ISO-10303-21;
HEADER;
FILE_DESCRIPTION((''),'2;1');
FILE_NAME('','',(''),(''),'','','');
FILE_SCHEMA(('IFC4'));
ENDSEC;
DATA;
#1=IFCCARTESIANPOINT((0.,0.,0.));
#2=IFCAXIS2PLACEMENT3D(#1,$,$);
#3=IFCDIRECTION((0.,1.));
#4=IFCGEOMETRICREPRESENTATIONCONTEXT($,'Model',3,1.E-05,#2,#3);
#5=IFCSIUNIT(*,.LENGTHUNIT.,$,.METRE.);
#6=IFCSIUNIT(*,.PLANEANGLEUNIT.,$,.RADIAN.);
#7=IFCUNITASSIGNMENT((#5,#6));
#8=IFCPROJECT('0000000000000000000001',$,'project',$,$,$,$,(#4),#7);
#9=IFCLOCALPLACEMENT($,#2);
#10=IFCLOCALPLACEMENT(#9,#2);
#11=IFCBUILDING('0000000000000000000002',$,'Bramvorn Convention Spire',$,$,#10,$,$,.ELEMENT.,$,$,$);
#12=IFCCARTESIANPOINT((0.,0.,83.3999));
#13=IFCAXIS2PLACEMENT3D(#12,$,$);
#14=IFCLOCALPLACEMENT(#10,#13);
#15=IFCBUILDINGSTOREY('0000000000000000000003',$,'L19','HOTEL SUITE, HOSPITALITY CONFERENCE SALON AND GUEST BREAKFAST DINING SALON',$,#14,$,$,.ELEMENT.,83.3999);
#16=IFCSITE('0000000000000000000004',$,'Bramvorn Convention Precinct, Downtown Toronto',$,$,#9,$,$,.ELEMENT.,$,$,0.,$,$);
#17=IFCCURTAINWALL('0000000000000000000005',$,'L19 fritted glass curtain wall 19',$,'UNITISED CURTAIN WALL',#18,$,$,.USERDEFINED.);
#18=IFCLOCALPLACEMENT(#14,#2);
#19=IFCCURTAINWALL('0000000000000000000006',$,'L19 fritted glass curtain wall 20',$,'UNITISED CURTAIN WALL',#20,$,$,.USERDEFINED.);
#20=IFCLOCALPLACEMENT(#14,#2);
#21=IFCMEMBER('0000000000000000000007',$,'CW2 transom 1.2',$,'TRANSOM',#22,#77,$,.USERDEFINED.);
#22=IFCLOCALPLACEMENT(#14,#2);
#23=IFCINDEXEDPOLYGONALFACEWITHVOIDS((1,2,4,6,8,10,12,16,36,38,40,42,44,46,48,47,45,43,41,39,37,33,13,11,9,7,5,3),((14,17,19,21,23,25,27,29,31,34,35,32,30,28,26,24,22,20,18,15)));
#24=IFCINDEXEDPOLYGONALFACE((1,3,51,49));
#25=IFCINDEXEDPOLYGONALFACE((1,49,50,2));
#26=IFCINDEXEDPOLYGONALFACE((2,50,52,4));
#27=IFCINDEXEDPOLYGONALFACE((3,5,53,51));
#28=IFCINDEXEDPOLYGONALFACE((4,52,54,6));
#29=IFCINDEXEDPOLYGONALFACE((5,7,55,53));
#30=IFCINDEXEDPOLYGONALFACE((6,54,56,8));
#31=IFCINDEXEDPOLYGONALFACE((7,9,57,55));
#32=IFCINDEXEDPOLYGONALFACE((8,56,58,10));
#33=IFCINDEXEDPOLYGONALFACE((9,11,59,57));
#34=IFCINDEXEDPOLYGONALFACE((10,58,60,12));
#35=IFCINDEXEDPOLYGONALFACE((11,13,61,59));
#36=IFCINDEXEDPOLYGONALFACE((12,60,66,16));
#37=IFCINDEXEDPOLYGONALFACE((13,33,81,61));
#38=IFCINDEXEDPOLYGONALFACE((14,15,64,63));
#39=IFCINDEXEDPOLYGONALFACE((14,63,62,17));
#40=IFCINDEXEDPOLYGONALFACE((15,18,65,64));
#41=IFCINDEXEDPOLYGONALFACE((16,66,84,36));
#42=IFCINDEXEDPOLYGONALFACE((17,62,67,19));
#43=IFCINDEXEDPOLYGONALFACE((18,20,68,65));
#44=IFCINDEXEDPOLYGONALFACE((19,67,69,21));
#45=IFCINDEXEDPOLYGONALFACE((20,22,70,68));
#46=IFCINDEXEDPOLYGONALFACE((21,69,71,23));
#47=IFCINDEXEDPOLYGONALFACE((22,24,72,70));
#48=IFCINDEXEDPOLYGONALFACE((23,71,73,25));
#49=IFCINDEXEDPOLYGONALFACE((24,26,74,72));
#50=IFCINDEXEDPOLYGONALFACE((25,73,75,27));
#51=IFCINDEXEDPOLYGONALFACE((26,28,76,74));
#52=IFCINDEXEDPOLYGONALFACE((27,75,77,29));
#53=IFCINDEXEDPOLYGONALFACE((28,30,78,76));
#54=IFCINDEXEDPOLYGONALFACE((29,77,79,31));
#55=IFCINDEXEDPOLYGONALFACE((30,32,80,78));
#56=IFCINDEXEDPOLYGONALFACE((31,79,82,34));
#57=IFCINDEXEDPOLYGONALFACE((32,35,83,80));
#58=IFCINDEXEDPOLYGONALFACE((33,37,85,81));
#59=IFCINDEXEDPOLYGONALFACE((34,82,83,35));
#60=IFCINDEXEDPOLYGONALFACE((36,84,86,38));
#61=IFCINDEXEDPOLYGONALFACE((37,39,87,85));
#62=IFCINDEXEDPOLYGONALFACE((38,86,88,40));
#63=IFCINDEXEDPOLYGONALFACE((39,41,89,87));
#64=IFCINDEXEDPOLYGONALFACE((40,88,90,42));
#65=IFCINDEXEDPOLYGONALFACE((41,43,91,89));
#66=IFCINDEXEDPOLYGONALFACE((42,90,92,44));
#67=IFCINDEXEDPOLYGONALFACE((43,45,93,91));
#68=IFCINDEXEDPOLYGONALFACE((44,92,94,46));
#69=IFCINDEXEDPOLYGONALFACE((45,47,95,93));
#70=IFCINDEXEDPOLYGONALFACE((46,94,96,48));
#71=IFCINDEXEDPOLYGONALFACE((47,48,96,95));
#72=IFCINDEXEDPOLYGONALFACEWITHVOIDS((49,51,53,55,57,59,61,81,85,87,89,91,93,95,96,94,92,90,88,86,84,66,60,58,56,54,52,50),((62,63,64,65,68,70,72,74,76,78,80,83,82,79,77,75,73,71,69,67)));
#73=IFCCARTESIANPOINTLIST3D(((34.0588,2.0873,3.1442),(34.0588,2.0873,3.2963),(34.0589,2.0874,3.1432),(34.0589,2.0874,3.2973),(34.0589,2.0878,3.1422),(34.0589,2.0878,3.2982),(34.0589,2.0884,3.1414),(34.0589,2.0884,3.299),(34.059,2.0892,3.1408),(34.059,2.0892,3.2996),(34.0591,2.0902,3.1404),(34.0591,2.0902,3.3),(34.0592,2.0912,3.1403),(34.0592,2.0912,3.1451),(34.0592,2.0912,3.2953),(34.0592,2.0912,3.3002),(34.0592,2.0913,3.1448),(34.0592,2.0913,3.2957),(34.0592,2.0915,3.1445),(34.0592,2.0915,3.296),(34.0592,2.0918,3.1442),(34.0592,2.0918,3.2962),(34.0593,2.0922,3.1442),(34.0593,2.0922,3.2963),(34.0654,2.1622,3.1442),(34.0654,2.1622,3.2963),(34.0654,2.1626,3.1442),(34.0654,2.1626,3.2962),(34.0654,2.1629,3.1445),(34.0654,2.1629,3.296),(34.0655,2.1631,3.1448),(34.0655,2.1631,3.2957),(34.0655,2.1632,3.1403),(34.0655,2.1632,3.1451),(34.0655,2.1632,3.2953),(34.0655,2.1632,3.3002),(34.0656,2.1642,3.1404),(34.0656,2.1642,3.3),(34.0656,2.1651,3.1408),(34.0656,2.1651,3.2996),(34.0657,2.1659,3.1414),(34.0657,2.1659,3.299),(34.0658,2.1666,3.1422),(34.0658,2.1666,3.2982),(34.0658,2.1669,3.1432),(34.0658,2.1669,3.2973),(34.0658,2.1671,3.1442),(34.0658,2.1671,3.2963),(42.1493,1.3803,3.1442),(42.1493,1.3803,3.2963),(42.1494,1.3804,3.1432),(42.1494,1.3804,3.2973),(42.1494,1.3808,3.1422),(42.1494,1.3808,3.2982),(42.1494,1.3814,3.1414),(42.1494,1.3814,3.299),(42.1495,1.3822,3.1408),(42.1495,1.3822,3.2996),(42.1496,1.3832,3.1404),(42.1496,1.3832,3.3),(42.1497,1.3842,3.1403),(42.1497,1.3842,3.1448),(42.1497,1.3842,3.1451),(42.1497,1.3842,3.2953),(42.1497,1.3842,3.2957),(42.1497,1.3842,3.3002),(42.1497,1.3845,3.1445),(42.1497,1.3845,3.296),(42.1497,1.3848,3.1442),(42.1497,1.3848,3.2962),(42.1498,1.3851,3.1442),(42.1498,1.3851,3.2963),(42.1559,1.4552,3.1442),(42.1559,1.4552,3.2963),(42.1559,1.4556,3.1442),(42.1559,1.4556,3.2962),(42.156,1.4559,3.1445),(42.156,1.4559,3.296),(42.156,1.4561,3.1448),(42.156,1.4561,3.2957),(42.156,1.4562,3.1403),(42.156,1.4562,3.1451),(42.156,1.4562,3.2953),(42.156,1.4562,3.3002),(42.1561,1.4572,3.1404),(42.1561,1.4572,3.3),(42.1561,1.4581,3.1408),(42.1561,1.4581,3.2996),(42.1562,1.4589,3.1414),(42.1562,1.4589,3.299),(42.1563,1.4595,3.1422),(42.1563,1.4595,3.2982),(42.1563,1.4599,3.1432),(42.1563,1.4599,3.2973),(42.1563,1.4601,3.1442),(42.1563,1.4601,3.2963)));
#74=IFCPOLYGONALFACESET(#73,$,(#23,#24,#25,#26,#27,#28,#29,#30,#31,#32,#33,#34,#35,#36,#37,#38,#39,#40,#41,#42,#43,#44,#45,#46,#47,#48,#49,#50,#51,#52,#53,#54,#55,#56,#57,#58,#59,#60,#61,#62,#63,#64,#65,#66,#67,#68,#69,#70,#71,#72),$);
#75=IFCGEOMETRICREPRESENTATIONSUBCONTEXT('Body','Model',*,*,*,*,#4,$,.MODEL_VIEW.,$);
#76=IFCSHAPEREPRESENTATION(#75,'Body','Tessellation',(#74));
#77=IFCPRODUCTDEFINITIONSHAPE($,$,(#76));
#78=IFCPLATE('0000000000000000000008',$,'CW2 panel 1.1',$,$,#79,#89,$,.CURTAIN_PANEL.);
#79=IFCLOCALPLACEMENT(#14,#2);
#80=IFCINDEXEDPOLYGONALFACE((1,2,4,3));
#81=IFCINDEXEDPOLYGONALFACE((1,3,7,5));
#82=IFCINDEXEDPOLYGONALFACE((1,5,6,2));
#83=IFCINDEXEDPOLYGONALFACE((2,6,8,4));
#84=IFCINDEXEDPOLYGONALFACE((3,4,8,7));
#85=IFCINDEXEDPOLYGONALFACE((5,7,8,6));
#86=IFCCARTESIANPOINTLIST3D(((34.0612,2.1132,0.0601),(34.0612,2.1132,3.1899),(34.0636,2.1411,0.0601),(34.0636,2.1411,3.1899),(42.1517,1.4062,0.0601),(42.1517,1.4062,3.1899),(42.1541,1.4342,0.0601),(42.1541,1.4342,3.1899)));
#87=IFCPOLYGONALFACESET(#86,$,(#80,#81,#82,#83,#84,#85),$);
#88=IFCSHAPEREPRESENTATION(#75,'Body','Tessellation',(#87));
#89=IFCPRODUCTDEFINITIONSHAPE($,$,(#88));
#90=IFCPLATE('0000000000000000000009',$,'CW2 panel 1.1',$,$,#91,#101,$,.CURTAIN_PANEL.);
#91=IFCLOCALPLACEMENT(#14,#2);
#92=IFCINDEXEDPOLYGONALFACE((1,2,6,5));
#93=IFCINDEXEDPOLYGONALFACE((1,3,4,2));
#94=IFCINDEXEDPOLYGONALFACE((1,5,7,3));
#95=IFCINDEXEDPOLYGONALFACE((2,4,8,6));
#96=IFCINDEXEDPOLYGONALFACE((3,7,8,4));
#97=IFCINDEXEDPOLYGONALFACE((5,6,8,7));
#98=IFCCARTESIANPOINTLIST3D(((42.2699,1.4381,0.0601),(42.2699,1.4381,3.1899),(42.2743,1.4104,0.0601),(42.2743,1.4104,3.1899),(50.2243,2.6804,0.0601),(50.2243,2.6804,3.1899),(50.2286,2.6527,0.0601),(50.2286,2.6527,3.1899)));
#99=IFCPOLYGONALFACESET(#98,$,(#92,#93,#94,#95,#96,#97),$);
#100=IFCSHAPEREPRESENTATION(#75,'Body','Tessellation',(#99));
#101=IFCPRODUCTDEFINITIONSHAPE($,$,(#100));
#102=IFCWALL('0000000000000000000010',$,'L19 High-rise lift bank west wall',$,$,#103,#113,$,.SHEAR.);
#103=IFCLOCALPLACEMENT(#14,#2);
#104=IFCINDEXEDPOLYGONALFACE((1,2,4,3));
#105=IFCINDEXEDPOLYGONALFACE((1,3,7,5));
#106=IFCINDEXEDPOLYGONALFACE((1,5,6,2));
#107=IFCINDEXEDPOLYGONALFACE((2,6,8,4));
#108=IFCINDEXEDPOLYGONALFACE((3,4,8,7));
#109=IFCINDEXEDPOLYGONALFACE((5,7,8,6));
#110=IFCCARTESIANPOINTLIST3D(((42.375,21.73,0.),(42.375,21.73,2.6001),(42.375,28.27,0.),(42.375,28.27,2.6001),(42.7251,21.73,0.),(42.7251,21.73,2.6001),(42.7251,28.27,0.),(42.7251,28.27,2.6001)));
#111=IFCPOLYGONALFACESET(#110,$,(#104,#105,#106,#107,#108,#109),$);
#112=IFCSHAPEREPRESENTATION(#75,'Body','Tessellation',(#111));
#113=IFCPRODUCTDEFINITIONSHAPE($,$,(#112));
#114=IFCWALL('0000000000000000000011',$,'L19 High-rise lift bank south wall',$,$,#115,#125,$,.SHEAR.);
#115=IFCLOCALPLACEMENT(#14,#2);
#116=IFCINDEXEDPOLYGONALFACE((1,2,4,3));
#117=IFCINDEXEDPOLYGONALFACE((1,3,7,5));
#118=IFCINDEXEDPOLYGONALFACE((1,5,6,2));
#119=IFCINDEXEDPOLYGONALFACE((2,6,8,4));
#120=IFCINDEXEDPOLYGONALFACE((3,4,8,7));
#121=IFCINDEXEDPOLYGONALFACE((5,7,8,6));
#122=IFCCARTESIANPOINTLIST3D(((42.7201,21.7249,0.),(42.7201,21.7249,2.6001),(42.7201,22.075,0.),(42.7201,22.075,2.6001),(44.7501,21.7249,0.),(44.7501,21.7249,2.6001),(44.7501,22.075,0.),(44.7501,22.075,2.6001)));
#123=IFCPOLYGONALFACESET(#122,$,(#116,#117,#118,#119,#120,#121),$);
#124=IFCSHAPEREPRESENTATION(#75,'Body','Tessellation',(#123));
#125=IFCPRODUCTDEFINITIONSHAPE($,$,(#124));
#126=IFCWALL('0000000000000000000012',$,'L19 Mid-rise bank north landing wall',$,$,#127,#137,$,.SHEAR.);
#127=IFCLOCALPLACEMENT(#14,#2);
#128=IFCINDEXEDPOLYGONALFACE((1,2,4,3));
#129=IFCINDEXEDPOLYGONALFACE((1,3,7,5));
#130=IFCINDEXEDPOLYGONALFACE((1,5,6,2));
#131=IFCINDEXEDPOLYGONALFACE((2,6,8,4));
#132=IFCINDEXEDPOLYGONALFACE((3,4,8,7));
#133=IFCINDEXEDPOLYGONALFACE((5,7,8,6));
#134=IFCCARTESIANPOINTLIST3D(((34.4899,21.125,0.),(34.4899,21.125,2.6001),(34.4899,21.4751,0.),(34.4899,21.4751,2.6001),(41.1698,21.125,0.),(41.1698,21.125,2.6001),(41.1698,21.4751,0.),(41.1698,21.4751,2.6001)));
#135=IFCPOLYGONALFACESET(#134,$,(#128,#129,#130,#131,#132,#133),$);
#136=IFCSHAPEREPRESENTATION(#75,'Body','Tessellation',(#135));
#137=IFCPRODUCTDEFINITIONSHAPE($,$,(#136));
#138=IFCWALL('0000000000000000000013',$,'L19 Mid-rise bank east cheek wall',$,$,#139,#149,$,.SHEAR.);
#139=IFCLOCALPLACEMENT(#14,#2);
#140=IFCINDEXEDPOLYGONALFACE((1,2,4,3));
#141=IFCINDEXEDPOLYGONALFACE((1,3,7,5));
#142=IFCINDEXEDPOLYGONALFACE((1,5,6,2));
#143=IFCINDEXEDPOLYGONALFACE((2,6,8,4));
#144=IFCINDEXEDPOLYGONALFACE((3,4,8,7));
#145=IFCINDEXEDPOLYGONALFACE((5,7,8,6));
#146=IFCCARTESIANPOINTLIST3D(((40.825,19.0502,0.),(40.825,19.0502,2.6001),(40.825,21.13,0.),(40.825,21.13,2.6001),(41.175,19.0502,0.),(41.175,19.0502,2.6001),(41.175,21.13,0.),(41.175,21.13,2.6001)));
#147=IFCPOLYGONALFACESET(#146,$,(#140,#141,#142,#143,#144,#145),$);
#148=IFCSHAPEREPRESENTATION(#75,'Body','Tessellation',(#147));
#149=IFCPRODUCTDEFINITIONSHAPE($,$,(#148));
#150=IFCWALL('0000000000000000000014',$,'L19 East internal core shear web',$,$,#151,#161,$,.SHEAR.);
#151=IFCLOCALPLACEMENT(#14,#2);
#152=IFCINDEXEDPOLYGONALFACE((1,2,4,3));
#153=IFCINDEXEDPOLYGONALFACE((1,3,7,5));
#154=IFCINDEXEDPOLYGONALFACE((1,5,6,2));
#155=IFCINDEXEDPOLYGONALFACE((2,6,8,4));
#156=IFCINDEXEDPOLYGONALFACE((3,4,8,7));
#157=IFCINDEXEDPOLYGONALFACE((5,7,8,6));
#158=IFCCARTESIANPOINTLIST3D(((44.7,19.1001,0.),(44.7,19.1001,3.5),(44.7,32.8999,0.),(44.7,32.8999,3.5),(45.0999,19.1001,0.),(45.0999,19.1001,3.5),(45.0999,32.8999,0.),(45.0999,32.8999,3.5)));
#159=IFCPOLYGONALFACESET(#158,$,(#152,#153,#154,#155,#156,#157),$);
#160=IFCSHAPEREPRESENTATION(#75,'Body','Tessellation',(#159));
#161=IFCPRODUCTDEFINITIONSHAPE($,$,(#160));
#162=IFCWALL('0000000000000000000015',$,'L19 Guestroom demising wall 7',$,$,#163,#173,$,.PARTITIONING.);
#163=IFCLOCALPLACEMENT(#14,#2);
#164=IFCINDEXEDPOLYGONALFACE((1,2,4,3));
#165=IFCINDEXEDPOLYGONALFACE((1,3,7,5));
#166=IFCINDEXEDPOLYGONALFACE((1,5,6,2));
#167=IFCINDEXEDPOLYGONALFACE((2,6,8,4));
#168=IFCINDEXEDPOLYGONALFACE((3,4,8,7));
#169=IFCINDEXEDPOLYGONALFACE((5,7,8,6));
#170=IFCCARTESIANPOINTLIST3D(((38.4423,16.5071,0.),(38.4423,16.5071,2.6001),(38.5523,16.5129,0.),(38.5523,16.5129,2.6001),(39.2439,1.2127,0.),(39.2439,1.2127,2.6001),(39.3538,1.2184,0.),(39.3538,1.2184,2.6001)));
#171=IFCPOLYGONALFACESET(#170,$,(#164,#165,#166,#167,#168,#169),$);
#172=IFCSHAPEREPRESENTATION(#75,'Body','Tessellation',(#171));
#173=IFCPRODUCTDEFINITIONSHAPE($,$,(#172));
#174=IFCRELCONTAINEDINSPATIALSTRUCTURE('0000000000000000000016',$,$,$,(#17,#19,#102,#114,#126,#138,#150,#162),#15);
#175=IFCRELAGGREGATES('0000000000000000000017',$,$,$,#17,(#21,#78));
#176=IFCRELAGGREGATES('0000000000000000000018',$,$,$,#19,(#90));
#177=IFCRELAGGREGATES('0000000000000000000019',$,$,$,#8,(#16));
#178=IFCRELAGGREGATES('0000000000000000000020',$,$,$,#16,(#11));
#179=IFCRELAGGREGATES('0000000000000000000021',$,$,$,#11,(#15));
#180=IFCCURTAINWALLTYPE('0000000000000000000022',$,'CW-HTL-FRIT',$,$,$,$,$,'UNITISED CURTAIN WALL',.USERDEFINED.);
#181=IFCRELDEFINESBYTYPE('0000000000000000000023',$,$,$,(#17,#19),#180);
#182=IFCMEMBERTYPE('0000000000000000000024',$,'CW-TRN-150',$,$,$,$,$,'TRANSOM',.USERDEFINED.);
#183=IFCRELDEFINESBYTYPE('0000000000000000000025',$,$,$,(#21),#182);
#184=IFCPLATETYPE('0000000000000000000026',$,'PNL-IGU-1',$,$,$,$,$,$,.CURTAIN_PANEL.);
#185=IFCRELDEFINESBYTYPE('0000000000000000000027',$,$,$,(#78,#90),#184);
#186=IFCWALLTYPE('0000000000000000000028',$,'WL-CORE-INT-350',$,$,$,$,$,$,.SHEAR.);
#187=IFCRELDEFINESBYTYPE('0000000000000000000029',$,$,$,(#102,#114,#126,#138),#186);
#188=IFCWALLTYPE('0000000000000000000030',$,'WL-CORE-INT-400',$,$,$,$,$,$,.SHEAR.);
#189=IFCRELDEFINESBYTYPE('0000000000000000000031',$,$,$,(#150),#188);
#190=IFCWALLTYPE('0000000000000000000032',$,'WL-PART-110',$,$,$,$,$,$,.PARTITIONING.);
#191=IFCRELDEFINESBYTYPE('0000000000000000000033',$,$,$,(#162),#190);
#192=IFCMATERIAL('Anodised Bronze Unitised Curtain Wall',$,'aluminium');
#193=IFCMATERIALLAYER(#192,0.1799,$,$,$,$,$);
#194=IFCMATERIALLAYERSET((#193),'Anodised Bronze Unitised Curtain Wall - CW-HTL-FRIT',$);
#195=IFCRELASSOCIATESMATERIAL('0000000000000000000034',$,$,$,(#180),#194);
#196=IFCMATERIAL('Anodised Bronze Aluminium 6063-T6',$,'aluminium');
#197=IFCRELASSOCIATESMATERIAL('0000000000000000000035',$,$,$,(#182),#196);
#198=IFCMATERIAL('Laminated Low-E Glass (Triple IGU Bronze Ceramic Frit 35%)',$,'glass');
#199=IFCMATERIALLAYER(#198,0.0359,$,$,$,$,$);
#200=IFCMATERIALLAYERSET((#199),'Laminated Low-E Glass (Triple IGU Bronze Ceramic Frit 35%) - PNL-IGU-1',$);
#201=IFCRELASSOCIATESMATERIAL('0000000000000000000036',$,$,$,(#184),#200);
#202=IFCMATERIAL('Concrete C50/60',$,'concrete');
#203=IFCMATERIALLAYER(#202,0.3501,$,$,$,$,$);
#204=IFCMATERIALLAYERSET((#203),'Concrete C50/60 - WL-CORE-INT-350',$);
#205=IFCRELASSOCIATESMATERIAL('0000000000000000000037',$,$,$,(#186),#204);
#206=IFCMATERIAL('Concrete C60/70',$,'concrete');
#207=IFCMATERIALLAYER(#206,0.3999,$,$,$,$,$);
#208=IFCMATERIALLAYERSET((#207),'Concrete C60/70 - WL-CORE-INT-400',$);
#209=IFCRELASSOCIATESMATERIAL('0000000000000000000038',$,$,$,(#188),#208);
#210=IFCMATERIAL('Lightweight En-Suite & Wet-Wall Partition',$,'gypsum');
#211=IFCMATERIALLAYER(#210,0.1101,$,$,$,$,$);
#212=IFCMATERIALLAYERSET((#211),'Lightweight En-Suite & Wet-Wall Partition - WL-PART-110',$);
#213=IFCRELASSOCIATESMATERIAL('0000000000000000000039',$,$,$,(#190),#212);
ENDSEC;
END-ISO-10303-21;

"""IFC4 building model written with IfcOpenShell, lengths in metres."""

from ifc_helpers import new_model, si_unit, direction, frame, frame_2d, origin, origin_2d, place, context, subcontext, project, spatial, rectangle, hollow_rectangle, extrude, material, layer, layer_set, material_profile, profile_set, type_object, element, aggregate, save


model = new_model("IFC4")

# Units and contexts
model_context = context("Model", 3, precision=1e-05, world=origin(), true_north=direction((0.0, 1.0)))
body_context = subcontext(model_context, "Body", "Model", "MODEL_VIEW")
ifc_project = project(units=[si_unit("LENGTHUNIT", "METRE"), si_unit("PLANEANGLEUNIT", "RADIAN")], contexts=[model_context])

# Site, building, storey
site_placement = place(None, origin())
site = spatial("IfcSite", under=ifc_project, at=site_placement, Name="Bramvorn Convention Precinct, Downtown Toronto", CompositionType="ELEMENT", RefElevation=0.0)
building_placement = place(site_placement, origin())
building = spatial("IfcBuilding", under=site, at=building_placement, Name="Bramvorn Convention Spire", CompositionType="ELEMENT")
storey_placement = place(building_placement, frame((0.0, 0.0, 83.3999)))
storey = spatial("IfcBuildingStorey", under=building, at=storey_placement, Name="L19", Description="HOTEL SUITE, HOSPITALITY CONFERENCE SALON AND GUEST BREAKFAST DINING SALON", CompositionType="ELEMENT", Elevation=83.3999)

# Curtain walls
ifc_material_1 = material(Name="Anodised Bronze Unitised Curtain Wall", Category="aluminium")
ifc_layer_1 = layer(ifc_material_1, 0.1799)
ifc_layer_set_1 = layer_set([ifc_layer_1], Name="Anodised Bronze Unitised Curtain Wall - CW-HTL-FRIT")
curtain_wall_type = type_object("IfcCurtainWallType", Name="CW-HTL-FRIT", ElementType="UNITISED CURTAIN WALL", PredefinedType="USERDEFINED", material=ifc_layer_set_1)
curtain_wall_1_placement = place(storey_placement, origin())
curtain_wall_1 = element("IfcCurtainWall", 1, at=curtain_wall_1_placement, inside=storey, type_object=curtain_wall_type, Name="L19 fritted glass curtain wall 19", ObjectType="UNITISED CURTAIN WALL", PredefinedType="USERDEFINED")
ifc_material_2 = material(Name="Anodised Bronze Aluminium 6063-T6", Category="aluminium")
curtain_wall_2_placement = place(storey_placement, origin())
curtain_wall_2 = element("IfcCurtainWall", 2, at=curtain_wall_2_placement, inside=storey, type_object=curtain_wall_type, Name="L19 fritted glass curtain wall 20", ObjectType="UNITISED CURTAIN WALL", PredefinedType="USERDEFINED")

# Member
ifc_material_profile_1 = material_profile(ifc_material_2, hollow_rectangle(XDim=0.0801, YDim=0.1599, WallThickness=0.0039, InnerFilletRadius=0.001, OuterFilletRadius=0.0039, at=origin_2d()))
ifc_profile_set_1 = profile_set([ifc_material_profile_1], Name="Anodised Bronze Aluminium 6063-T6 - CWT80X160")
member_type_1 = type_object("IfcMemberType", Name="CW-TRN-150", ElementType="TRANSOM", PredefinedType="USERDEFINED", material=ifc_profile_set_1)
member_1_placement = place(storey_placement, frame((42.1528, 1.4202, 3.2202), z_axis=(-0.996203, 0.087058, 0.0), x_axis=(-0.087058, -0.996203, 0.0)))
member_1 = element("IfcMember", 3, at=member_1_placement, type_object=member_type_1, Name="CW2 transom 1.2", ObjectType="TRANSOM", PredefinedType="USERDEFINED", context=body_context, shape_type="SweptSolid", body=[
    extrude(hollow_rectangle(XDim=0.0801, YDim=0.1599, WallThickness=0.0039, InnerFilletRadius=0.001, OuterFilletRadius=0.0039, at=origin_2d()), origin(), (0.0, 0.0, 1.0), 8.1213),
])

# Plates
ifc_material_3 = material(Name="Laminated Low-E Glass (Triple IGU Bronze Ceramic Frit 35%)", Category="glass")
ifc_layer_2 = layer(ifc_material_3, 0.0359)
ifc_layer_set_2 = layer_set([ifc_layer_2], Name="Laminated Low-E Glass (Triple IGU Bronze Ceramic Frit 35%) - PNL-IGU-1")
plate_type = type_object("IfcPlateType", Name="PNL-IGU-1", PredefinedType="CURTAIN_PANEL", material=ifc_layer_set_2)
plate_1_placement = place(storey_placement, frame((38.1077, 1.7737, 0.0601), z_axis=(0.0, 0.0, 1.0), x_axis=(-0.996204, 0.087048, 0.0)))
plate_1 = element("IfcPlate", 4, at=plate_1_placement, type_object=plate_type, Name="CW2 panel 1.1", PredefinedType="CURTAIN_PANEL", context=body_context, shape_type="SweptSolid", body=[
    extrude(rectangle(XDim=8.1213, YDim=0.0281, at=origin_2d()), origin(), (0.0, 0.0, 1.0), 3.1299),
])
aggregate(curtain_wall_1, [member_1, plate_1])
plate_2_placement = place(storey_placement, frame((46.2493, 2.0454, 0.0601), z_axis=(0.0, 0.0, 1.0), x_axis=(-0.988023, -0.154306, 0.0)))
plate_2 = element("IfcPlate", 5, at=plate_2_placement, type_object=plate_type, Name="CW2 panel 1.1", PredefinedType="CURTAIN_PANEL", context=body_context, shape_type="SweptSolid", body=[
    extrude(rectangle(XDim=8.0508, YDim=0.0281, at=origin_2d()), origin(), (0.0, 0.0, 1.0), 3.1299),
])
aggregate(curtain_wall_2, [plate_2])

# Walls
ifc_material_4 = material(Name="Concrete C50/60", Category="concrete")
ifc_layer_3 = layer(ifc_material_4, 0.3501)
ifc_layer_set_3 = layer_set([ifc_layer_3], Name="Concrete C50/60 - WL-CORE-INT-350")
wall_type_1 = type_object("IfcWallType", Name="WL-CORE-INT-350", PredefinedType="SHEAR", material=ifc_layer_set_3)
wall_1_placement = place(storey_placement, frame((42.55, 21.73, 0.0), z_axis=(0.0, 0.0, 1.0), x_axis=(0.0, 1.0, 0.0)))
element("IfcWall", 6, at=wall_1_placement, inside=storey, type_object=wall_type_1, Name="L19 High-rise lift bank west wall", PredefinedType="SHEAR", context=body_context, shape_type="SweptSolid", body=[
    extrude(rectangle(XDim=6.54, YDim=0.3501, at=frame_2d((3.27, 0.0))), origin(), (0.0, 0.0, 1.0), 2.6001),
])
wall_2_placement = place(storey_placement, frame((42.72, 21.8999, 0.0), z_axis=(0.0, 0.0, 1.0), x_axis=(1.0, 0.0, 0.0)))
element("IfcWall", 7, at=wall_2_placement, inside=storey, type_object=wall_type_1, Name="L19 High-rise lift bank south wall", PredefinedType="SHEAR", context=body_context, shape_type="SweptSolid", body=[
    extrude(rectangle(XDim=2.03, YDim=0.3501, at=frame_2d((1.0151, 0.0))), origin(), (0.0, 0.0, 1.0), 2.6001),
])
wall_3_placement = place(storey_placement, frame((34.49, 21.3, 0.0), z_axis=(0.0, 0.0, 1.0), x_axis=(1.0, 0.0, 0.0)))
element("IfcWall", 8, at=wall_3_placement, inside=storey, type_object=wall_type_1, Name="L19 Mid-rise bank north landing wall", PredefinedType="SHEAR", context=body_context, shape_type="SweptSolid", body=[
    extrude(rectangle(XDim=6.6799, YDim=0.3501, at=frame_2d((3.3398, 0.0))), origin(), (0.0, 0.0, 1.0), 2.6001),
])
wall_4_placement = place(storey_placement, frame((41.0, 19.05, 0.0), z_axis=(0.0, 0.0, 1.0), x_axis=(0.0, 1.0, 0.0)))
element("IfcWall", 9, at=wall_4_placement, inside=storey, type_object=wall_type_1, Name="L19 Mid-rise bank east cheek wall", PredefinedType="SHEAR", context=body_context, shape_type="SweptSolid", body=[
    extrude(rectangle(XDim=2.0798, YDim=0.3501, at=frame_2d((1.04, 0.0))), origin(), (0.0, 0.0, 1.0), 2.6001),
])
ifc_material_5 = material(Name="Concrete C60/70", Category="concrete")
ifc_layer_4 = layer(ifc_material_5, 0.3999)
ifc_layer_set_4 = layer_set([ifc_layer_4], Name="Concrete C60/70 - WL-CORE-INT-400")
wall_type_2 = type_object("IfcWallType", Name="WL-CORE-INT-400", PredefinedType="SHEAR", material=ifc_layer_set_4)
wall_5_placement = place(storey_placement, frame((44.8999, 19.1001, 0.0), z_axis=(0.0, 0.0, 1.0), x_axis=(0.0, 1.0, 0.0)))
element("IfcWall", 10, at=wall_5_placement, inside=storey, type_object=wall_type_2, Name="L19 East internal core shear web", PredefinedType="SHEAR", context=body_context, shape_type="SweptSolid", body=[
    extrude(rectangle(XDim=13.7998, YDim=0.3999, at=frame_2d((6.8999, 0.0))), origin(), (0.0, 0.0, 1.0), 3.5),
])
ifc_material_6 = material(Name="Lightweight En-Suite & Wet-Wall Partition", Category="gypsum")
ifc_layer_5 = layer(ifc_material_6, 0.1101)
ifc_layer_set_5 = layer_set([ifc_layer_5], Name="Lightweight En-Suite & Wet-Wall Partition - WL-PART-110")
wall_type_3 = type_object("IfcWallType", Name="WL-PART-110", PredefinedType="PARTITIONING", material=ifc_layer_set_5)
wall_6_placement = place(storey_placement, frame((38.4973, 16.51, 0.0), z_axis=(0.0, 0.0, 1.0), x_axis=(0.052334, -0.99863, 0.0)))
element("IfcWall", 11, at=wall_6_placement, inside=storey, type_object=wall_type_3, Name="L19 Guestroom demising wall 7", PredefinedType="PARTITIONING", context=body_context, shape_type="SweptSolid", body=[
    extrude(rectangle(XDim=15.3154, YDim=0.1101, at=frame_2d((7.6577, 0.0))), origin(), (0.0, 0.0, 1.0), 2.6001),
])

save(model, "model.ifc")
